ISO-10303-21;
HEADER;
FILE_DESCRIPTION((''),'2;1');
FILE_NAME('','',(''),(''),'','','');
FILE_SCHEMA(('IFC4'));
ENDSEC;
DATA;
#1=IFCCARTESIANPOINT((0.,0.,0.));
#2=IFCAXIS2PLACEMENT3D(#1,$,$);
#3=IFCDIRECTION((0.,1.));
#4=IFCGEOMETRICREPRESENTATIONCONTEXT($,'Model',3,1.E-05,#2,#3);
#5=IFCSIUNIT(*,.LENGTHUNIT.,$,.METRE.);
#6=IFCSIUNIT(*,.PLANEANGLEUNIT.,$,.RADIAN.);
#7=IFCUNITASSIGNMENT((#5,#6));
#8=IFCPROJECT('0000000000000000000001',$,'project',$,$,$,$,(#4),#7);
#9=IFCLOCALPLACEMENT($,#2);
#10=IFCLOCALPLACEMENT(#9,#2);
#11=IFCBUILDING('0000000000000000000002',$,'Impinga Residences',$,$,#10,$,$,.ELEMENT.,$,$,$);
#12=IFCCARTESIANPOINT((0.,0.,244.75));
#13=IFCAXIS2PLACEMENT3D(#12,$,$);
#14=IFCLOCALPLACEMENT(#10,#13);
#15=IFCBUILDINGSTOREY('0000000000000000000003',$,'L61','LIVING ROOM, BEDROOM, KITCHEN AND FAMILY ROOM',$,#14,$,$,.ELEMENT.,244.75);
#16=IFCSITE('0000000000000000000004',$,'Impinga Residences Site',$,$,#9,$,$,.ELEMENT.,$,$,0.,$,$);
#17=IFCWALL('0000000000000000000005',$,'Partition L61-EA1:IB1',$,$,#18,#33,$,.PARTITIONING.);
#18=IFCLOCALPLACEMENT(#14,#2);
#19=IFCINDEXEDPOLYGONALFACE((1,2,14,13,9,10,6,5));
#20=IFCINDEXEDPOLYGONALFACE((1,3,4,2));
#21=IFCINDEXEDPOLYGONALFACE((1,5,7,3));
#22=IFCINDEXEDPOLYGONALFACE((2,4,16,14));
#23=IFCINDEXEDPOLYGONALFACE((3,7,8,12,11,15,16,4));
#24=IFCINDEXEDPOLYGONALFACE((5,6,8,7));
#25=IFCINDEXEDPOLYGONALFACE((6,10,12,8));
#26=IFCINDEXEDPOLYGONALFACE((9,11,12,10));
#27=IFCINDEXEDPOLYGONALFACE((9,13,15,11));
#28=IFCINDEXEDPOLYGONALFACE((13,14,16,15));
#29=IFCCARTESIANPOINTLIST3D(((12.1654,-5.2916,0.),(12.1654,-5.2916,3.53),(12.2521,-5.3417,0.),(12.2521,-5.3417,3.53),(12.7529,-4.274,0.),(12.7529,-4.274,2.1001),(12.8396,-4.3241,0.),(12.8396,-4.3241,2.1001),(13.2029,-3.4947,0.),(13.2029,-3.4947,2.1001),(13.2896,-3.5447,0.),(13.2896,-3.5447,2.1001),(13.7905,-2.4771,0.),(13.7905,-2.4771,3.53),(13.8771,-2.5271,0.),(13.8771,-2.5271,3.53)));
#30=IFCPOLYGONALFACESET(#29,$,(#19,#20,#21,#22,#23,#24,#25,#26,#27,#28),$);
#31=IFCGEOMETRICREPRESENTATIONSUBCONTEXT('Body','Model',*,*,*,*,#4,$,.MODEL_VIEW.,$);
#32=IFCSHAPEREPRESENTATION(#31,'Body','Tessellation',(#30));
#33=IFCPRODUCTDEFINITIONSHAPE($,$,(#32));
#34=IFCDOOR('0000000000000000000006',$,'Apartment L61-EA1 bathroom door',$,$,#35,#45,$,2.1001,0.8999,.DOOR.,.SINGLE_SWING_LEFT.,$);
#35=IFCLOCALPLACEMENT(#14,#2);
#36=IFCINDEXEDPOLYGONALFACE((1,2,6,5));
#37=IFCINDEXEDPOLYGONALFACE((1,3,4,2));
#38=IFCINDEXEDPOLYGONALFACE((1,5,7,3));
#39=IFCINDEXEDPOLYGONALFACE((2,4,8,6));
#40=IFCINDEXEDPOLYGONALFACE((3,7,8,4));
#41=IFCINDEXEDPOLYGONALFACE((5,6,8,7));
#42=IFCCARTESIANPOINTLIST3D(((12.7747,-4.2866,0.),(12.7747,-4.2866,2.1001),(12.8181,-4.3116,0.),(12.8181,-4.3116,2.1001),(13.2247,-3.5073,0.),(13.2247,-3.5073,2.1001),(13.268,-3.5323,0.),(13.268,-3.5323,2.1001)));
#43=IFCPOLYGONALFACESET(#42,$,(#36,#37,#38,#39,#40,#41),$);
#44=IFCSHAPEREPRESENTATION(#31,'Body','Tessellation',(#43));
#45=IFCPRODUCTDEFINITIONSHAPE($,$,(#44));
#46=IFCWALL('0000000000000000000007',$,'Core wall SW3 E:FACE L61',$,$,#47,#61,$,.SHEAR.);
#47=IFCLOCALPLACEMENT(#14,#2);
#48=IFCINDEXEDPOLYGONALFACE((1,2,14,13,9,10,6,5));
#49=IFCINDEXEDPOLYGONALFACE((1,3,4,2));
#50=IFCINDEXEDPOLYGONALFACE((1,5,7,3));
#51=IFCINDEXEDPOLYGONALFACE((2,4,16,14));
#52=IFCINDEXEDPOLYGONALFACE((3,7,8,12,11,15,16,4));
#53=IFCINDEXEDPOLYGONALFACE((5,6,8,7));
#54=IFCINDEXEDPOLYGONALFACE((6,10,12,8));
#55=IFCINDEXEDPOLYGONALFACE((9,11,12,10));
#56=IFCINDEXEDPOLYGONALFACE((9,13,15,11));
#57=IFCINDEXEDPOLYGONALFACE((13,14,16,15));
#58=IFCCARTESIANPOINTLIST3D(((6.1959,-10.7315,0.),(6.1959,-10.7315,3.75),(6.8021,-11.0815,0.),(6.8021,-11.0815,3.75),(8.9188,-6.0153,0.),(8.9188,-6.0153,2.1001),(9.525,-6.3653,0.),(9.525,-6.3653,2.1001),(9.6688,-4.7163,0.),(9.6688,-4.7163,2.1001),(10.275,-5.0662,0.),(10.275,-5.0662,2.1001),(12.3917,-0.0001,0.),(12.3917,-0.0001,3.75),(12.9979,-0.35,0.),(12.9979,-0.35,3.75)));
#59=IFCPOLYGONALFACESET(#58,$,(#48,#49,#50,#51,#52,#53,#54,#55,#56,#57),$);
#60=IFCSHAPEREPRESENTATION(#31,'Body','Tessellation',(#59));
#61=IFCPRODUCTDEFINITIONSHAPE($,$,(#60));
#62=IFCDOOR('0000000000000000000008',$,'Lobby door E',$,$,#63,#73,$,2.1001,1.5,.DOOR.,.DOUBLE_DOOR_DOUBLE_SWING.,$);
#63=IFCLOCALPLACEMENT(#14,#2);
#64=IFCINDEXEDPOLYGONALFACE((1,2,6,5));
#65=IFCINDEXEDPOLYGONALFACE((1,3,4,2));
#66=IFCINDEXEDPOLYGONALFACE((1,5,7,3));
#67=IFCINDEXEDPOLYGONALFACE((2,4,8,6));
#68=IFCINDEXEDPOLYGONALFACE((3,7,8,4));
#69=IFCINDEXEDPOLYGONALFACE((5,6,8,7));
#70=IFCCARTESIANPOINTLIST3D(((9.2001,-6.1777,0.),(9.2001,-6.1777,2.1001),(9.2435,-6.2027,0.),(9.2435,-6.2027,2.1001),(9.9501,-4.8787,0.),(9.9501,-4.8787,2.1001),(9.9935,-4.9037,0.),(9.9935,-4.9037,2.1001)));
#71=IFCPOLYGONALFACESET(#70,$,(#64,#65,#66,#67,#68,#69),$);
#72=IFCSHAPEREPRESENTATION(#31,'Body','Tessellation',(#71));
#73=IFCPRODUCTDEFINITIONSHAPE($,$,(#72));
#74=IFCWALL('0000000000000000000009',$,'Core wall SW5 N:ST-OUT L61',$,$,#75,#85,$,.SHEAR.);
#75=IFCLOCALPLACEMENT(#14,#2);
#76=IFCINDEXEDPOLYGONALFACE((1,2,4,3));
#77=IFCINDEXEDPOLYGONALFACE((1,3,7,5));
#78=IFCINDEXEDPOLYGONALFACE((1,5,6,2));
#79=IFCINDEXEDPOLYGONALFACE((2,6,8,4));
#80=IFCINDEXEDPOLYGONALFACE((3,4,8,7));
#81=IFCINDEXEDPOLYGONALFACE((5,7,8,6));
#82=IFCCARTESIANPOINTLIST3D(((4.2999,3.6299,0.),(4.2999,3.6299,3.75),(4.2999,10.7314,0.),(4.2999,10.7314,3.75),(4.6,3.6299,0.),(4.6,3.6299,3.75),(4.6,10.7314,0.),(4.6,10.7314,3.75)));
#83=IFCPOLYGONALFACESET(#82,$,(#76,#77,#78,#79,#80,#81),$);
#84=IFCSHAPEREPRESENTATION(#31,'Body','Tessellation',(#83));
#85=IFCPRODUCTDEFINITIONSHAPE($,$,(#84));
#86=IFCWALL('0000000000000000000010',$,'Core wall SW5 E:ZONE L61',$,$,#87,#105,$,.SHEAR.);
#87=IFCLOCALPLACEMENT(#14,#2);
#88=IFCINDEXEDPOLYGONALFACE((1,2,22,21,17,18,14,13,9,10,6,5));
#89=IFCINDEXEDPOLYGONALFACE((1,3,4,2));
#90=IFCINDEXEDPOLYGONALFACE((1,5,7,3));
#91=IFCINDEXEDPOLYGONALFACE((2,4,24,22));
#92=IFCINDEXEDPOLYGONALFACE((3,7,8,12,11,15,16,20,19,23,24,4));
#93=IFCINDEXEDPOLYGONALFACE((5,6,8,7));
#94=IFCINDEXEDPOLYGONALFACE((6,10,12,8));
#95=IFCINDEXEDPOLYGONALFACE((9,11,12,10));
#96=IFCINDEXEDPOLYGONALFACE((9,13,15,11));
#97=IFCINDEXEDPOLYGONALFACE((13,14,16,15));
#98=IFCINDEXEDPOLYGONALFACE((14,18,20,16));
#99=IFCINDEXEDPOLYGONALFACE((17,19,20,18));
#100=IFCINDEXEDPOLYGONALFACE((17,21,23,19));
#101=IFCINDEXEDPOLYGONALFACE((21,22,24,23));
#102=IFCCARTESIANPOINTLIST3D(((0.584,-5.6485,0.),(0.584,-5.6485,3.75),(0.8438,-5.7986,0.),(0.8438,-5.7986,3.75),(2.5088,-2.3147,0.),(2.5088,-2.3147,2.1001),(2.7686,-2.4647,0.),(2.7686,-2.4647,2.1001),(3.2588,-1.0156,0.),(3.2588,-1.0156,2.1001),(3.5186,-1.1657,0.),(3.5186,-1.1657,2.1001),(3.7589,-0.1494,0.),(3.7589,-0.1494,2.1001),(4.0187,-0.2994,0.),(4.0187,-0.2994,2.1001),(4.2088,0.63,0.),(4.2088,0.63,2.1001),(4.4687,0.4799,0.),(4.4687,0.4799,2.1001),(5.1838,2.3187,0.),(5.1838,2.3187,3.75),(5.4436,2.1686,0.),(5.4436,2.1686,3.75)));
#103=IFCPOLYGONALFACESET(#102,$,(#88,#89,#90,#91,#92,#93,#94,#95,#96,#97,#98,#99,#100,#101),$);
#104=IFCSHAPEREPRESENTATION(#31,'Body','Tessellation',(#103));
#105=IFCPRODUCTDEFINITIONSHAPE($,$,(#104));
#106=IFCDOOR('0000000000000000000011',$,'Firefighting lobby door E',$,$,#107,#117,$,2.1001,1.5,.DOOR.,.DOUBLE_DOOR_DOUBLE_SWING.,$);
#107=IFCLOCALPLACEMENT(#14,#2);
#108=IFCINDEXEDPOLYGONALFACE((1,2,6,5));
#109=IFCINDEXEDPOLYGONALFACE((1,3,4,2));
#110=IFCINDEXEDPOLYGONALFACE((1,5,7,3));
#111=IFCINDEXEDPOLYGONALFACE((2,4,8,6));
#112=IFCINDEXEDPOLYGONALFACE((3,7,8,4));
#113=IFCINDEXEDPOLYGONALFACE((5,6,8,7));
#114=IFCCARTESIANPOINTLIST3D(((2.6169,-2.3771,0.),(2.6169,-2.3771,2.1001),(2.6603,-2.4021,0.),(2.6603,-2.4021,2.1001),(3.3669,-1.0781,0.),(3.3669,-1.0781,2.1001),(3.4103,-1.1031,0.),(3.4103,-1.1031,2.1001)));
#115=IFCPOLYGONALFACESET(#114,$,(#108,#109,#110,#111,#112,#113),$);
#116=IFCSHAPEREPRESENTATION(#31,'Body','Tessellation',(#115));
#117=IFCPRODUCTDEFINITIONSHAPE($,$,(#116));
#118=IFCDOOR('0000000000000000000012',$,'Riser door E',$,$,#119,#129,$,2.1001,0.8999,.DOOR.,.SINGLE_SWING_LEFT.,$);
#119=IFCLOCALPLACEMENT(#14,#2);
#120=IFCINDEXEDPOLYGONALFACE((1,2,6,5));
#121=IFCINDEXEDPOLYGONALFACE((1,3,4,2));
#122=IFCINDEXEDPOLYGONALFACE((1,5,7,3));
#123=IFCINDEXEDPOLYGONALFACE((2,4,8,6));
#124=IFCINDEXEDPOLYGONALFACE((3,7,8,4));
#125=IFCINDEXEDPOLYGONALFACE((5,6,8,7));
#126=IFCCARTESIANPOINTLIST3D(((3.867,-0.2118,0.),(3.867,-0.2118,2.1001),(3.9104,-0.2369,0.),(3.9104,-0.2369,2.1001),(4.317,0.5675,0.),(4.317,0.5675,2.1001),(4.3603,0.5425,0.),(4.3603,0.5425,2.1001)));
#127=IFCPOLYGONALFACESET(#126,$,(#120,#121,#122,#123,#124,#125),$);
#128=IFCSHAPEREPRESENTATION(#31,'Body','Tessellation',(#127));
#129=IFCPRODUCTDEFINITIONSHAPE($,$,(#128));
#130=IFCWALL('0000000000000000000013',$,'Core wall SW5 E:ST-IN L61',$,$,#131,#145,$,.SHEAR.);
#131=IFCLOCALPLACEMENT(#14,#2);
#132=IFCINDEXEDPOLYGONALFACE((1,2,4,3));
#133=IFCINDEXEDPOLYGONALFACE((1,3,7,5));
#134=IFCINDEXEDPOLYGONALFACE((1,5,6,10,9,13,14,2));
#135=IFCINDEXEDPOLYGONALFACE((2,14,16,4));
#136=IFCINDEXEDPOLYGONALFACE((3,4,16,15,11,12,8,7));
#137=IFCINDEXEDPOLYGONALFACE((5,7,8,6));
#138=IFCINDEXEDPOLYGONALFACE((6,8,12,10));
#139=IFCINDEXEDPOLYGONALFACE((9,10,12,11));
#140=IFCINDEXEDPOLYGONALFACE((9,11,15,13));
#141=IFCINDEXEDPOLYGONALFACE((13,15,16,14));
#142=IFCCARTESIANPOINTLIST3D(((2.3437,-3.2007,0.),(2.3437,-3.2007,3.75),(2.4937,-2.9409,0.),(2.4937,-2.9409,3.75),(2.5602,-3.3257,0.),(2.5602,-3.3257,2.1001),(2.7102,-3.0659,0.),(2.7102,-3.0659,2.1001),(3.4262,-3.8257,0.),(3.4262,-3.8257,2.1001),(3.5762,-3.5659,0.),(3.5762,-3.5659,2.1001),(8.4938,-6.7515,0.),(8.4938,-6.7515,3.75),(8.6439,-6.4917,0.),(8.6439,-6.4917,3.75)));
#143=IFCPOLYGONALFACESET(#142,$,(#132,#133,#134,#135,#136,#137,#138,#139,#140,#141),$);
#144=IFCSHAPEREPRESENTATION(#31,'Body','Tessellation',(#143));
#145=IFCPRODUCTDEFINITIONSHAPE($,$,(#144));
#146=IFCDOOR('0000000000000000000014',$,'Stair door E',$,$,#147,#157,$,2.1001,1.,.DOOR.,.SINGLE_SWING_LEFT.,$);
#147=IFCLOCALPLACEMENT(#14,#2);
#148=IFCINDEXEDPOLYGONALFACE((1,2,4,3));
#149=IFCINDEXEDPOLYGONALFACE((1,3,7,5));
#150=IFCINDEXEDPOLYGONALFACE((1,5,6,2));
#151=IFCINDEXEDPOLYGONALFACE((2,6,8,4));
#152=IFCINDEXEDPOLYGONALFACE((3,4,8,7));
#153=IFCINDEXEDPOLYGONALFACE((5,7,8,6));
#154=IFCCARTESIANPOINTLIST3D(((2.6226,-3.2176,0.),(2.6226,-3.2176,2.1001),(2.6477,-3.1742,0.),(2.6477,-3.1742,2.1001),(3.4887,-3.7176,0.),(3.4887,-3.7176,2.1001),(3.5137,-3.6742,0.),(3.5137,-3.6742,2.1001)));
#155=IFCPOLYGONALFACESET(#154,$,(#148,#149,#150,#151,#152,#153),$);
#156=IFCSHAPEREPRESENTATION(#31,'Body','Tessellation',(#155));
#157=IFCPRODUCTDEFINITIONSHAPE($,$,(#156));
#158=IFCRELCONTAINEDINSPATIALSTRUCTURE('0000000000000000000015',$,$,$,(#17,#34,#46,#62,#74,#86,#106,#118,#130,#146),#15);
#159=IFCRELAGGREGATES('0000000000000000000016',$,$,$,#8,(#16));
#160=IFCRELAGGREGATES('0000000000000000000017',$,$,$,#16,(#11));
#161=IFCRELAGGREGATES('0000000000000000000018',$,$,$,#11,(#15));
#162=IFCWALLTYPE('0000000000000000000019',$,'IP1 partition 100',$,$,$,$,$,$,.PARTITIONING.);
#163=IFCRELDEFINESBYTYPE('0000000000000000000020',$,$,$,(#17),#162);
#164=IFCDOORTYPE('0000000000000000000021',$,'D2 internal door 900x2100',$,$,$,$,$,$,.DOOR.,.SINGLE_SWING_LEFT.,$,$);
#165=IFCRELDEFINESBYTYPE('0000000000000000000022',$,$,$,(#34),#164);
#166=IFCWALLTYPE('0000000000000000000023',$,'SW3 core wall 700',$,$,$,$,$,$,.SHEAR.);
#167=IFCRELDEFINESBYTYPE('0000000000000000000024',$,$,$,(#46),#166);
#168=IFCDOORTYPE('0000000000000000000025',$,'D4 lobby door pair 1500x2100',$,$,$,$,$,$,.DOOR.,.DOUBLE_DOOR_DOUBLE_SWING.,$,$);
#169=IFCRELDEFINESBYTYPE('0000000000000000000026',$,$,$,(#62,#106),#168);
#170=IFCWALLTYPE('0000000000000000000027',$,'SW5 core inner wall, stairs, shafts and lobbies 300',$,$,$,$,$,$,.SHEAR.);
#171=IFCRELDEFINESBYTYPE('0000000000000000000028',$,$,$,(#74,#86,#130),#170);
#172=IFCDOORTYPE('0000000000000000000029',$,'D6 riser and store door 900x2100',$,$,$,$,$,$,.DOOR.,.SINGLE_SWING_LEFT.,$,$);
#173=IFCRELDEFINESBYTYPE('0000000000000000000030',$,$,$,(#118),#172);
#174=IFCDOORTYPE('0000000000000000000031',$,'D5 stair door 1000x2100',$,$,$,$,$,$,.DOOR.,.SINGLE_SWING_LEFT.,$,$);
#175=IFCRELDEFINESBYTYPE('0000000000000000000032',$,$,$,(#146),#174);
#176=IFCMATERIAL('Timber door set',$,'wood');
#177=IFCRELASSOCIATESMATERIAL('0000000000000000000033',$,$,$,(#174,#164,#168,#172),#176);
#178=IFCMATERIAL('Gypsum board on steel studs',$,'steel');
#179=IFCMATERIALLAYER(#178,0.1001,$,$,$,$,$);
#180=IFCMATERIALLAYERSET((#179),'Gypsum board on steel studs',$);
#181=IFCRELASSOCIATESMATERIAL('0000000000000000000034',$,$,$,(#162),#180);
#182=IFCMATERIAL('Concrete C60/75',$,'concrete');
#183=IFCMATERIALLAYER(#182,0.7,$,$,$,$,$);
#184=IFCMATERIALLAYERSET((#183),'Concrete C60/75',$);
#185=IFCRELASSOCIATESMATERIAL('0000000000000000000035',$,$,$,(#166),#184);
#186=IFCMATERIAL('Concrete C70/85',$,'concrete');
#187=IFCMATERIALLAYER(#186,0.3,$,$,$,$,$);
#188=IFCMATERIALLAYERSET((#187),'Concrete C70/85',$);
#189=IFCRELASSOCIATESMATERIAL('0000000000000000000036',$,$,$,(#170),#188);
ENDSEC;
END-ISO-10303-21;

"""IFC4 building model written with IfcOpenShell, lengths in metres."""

from ifc_helpers import new_model, si_unit, direction, frame, frame_2d, origin, place, context, subcontext, project, spatial, rectangle, extrude, material, layer, layer_set, type_object, element, fill, save


model = new_model("IFC4")

# Units and contexts
model_context = context("Model", 3, precision=1e-05, world=origin(), true_north=direction((0.0, 1.0)))
body_context = subcontext(model_context, "Body", "Model", "MODEL_VIEW")
ifc_project = project(units=[si_unit("LENGTHUNIT", "METRE"), si_unit("PLANEANGLEUNIT", "RADIAN")], contexts=[model_context])

# Site, building, storey
site_placement = place(None, origin())
site = spatial("IfcSite", under=ifc_project, at=site_placement, Name="Impinga Residences Site", CompositionType="ELEMENT", RefElevation=0.0)
building_placement = place(site_placement, origin())
building = spatial("IfcBuilding", under=site, at=building_placement, Name="Impinga Residences", CompositionType="ELEMENT")
storey_placement = place(building_placement, frame((0.0, 0.0, 244.75)))
storey = spatial("IfcBuildingStorey", under=building, at=storey_placement, Name="L61", Description="LIVING ROOM, BEDROOM, KITCHEN AND FAMILY ROOM", CompositionType="ELEMENT", Elevation=244.75)

# Shared definitions
ifc_material_1 = material(Name="Concrete C60/75", Category="concrete")
ifc_material_2 = material(Name="Timber door set", Category="wood")
door_type_1 = type_object("IfcDoorType", Name="D5 stair door 1000x2100", OperationType="SINGLE_SWING_LEFT", PredefinedType="DOOR", material=ifc_material_2)

# Shared definitions
ifc_material_3 = material(Name="Gypsum board on steel studs", Category="steel")
ifc_layer_1 = layer(ifc_material_3, 0.1001)
ifc_layer_set_1 = layer_set([ifc_layer_1], Name="Gypsum board on steel studs")
wall_type_1 = type_object("IfcWallType", Name="IP1 partition 100", PredefinedType="PARTITIONING", material=ifc_layer_set_1)

# Walls, openings, doors
wall_1_placement = place(storey_placement, frame((12.2087, -5.3167, 0.0), z_axis=(0.0, 0.0, 1.0), x_axis=(0.500017, 0.866015, 0.0)))
wall_1 = element("IfcWall", 1, at=wall_1_placement, inside=storey, type_object=wall_type_1, Name="Partition L61-EA1:IB1", PredefinedType="PARTITIONING", context=body_context, shape_type="SweptSolid", body=[
    extrude(rectangle(XDim=3.25, YDim=0.1001, at=frame_2d((1.625, 0.0))), origin(), (0.0, 0.0, 1.0), 3.53),
])
opening_1_placement = place(wall_1_placement, frame((1.175, 0.0, 0.0)))
opening_1 = element("IfcOpeningElement", 2, at=opening_1_placement, cuts=wall_1, PredefinedType="OPENING", context=body_context, shape_type="SweptSolid", body=[
    extrude(rectangle(XDim=0.8999, YDim=2.1001, at=frame_2d((0.45, 1.05))), frame((0.0, 0.0601, 0.0), z_axis=(0.0, -1.0, 0.0), x_axis=(1.0, 0.0, 0.0)), (0.0, 0.0, 1.0), 0.1201),
])
door_type_2 = type_object("IfcDoorType", Name="D2 internal door 900x2100", OperationType="SINGLE_SWING_LEFT", PredefinedType="DOOR", material=ifc_material_2)
door_1_placement = place(opening_1_placement, origin())
door_1 = element("IfcDoor", 3, at=door_1_placement, inside=storey, type_object=door_type_2, Name="Apartment L61-EA1 bathroom door", OperationType="SINGLE_SWING_LEFT", OverallHeight=2.1001, OverallWidth=0.8999, PredefinedType="DOOR", context=body_context, shape_type="SweptSolid", body=[
    extrude(rectangle(XDim=0.8999, YDim=2.1001, at=frame_2d((0.45, 1.05))), frame((0.0, 0.0249, 0.0), z_axis=(0.0, -1.0, 0.0), x_axis=(1.0, 0.0, 0.0)), (0.0, 0.0, 1.0), 0.05),
])
fill(opening_1, door_1)
ifc_layer_2 = layer(ifc_material_1, 0.7)
ifc_layer_set_2 = layer_set([ifc_layer_2], Name="Concrete C60/75")
wall_type_2 = type_object("IfcWallType", Name="SW3 core wall 700", PredefinedType="SHEAR", material=ifc_layer_set_2)
wall_2_placement = place(storey_placement, frame((12.6948, -0.175, 0.0), z_axis=(0.0, 0.0, 1.0), x_axis=(-0.5, -0.866025, 0.0)))
wall_2 = element("IfcWall", 4, at=wall_2_placement, inside=storey, type_object=wall_type_2, Name="Core wall SW3 E:FACE L61", PredefinedType="SHEAR", context=body_context, shape_type="SweptSolid", body=[
    extrude(rectangle(XDim=12.3916, YDim=0.7, at=frame_2d((6.1958, 0.0))), origin(), (0.0, 0.0, 1.0), 3.75),
])
opening_2_placement = place(wall_2_placement, frame((5.4458, 0.0, 0.0)))
opening_2 = element("IfcOpeningElement", 5, at=opening_2_placement, cuts=wall_2, PredefinedType="OPENING", context=body_context, shape_type="SweptSolid", body=[
    extrude(rectangle(XDim=1.5, YDim=2.1001, at=frame_2d((0.75, 1.05))), frame((0.0, 0.3599, 0.0), z_axis=(0.0, -1.0, 0.0), x_axis=(1.0, 0.0, 0.0)), (0.0, 0.0, 1.0), 0.72),
])
door_type_3 = type_object("IfcDoorType", Name="D4 lobby door pair 1500x2100", OperationType="DOUBLE_DOOR_DOUBLE_SWING", PredefinedType="DOOR", material=ifc_material_2)
door_2_placement = place(opening_2_placement, origin())
door_2 = element("IfcDoor", 6, at=door_2_placement, inside=storey, type_object=door_type_3, Name="Lobby door E", OperationType="DOUBLE_DOOR_DOUBLE_SWING", OverallHeight=2.1001, OverallWidth=1.5, PredefinedType="DOOR", context=body_context, shape_type="SweptSolid", body=[
    extrude(rectangle(XDim=1.5, YDim=2.1001, at=frame_2d((0.75, 1.05))), frame((0.0, 0.0249, 0.0), z_axis=(0.0, -1.0, 0.0), x_axis=(1.0, 0.0, 0.0)), (0.0, 0.0, 1.0), 0.05),
])
fill(opening_2, door_2)

# Wall
ifc_material_4 = material(Name="Concrete C70/85", Category="concrete")
ifc_layer_3 = layer(ifc_material_4, 0.3)
ifc_layer_set_3 = layer_set([ifc_layer_3], Name="Concrete C70/85")
wall_type_3 = type_object("IfcWallType", Name="SW5 core inner wall, stairs, shafts and lobbies 300", PredefinedType="SHEAR", material=ifc_layer_set_3)
wall_3_placement = place(storey_placement, frame((4.45, 3.6299, 0.0), z_axis=(0.0, 0.0, 1.0), x_axis=(0.0, 1.0, 0.0)))
element("IfcWall", 7, at=wall_3_placement, inside=storey, type_object=wall_type_3, Name="Core wall SW5 N:ST-OUT L61", PredefinedType="SHEAR", context=body_context, shape_type="SweptSolid", body=[
    extrude(rectangle(XDim=7.1016, YDim=0.3, at=frame_2d((3.5508, 0.0))), origin(), (0.0, 0.0, 1.0), 3.75),
])

# Wall, openings, doors
wall_4_placement = place(storey_placement, frame((5.3137, 2.2437, 0.0), z_axis=(0.0, 0.0, 1.0), x_axis=(-0.499995, -0.866028, 0.0)))
wall_4 = element("IfcWall", 8, at=wall_4_placement, inside=storey, type_object=wall_type_3, Name="Core wall SW5 E:ZONE L61", PredefinedType="SHEAR", context=body_context, shape_type="SweptSolid", body=[
    extrude(rectangle(XDim=9.1997, YDim=0.3, at=frame_2d((4.5999, 0.0))), origin(), (0.0, 0.0, 1.0), 3.75),
])
opening_3_placement = place(wall_4_placement, frame((3.8501, 0.0, 0.0)))
opening_3 = element("IfcOpeningElement", 9, at=opening_3_placement, cuts=wall_4, PredefinedType="OPENING", context=body_context, shape_type="SweptSolid", body=[
    extrude(rectangle(XDim=1.5, YDim=2.1001, at=frame_2d((0.75, 1.05))), frame((0.0, 0.1599, 0.0), z_axis=(0.0, -1.0, 0.0), x_axis=(1.0, 0.0, 0.0)), (0.0, 0.0, 1.0), 0.3201),
])
opening_4_placement = place(wall_4_placement, frame((1.95, 0.0, 0.0)))
opening_4 = element("IfcOpeningElement", 10, at=opening_4_placement, cuts=wall_4, PredefinedType="OPENING", context=body_context, shape_type="SweptSolid", body=[
    extrude(rectangle(XDim=0.8999, YDim=2.1001, at=frame_2d((0.45, 1.05))), frame((0.0, 0.1599, 0.0), z_axis=(0.0, -1.0, 0.0), x_axis=(1.0, 0.0, 0.0)), (0.0, 0.0, 1.0), 0.3201),
])
door_3_placement = place(opening_3_placement, origin())
door_3 = element("IfcDoor", 11, at=door_3_placement, inside=storey, type_object=door_type_3, Name="Firefighting lobby door E", OperationType="DOUBLE_DOOR_DOUBLE_SWING", OverallHeight=2.1001, OverallWidth=1.5, PredefinedType="DOOR", context=body_context, shape_type="SweptSolid", body=[
    extrude(rectangle(XDim=1.5, YDim=2.1001, at=frame_2d((0.75, 1.05))), frame((0.0, 0.0249, 0.0), z_axis=(0.0, -1.0, 0.0), x_axis=(1.0, 0.0, 0.0)), (0.0, 0.0, 1.0), 0.05),
])
fill(opening_3, door_3)
door_type_4 = type_object("IfcDoorType", Name="D6 riser and store door 900x2100", OperationType="SINGLE_SWING_LEFT", PredefinedType="DOOR", material=ifc_material_2)
door_4_placement = place(opening_4_placement, origin())
door_4 = element("IfcDoor", 12, at=door_4_placement, inside=storey, type_object=door_type_4, Name="Riser door E", OperationType="SINGLE_SWING_LEFT", OverallHeight=2.1001, OverallWidth=0.8999, PredefinedType="DOOR", context=body_context, shape_type="SweptSolid", body=[
    extrude(rectangle(XDim=0.8999, YDim=2.1001, at=frame_2d((0.45, 1.05))), frame((0.0, 0.0249, 0.0), z_axis=(0.0, -1.0, 0.0), x_axis=(1.0, 0.0, 0.0)), (0.0, 0.0, 1.0), 0.05),
])
fill(opening_4, door_4)

# Wall, opening, door
wall_5_placement = place(storey_placement, frame((2.4187, -3.0708, 0.0), z_axis=(0.0, 0.0, 1.0), x_axis=(0.866026, -0.499999, 0.0)))
wall_5 = element("IfcWall", 13, at=wall_5_placement, inside=storey, type_object=wall_type_3, Name="Core wall SW5 E:ST-IN L61", PredefinedType="SHEAR", context=body_context, shape_type="SweptSolid", body=[
    extrude(rectangle(XDim=7.1016, YDim=0.3, at=frame_2d((3.5508, 0.0))), origin(), (0.0, 0.0, 1.0), 3.75),
])
opening_5_placement = place(wall_5_placement, frame((0.25, 0.0, 0.0)))
opening_5 = element("IfcOpeningElement", 14, at=opening_5_placement, cuts=wall_5, PredefinedType="OPENING", context=body_context, shape_type="SweptSolid", body=[
    extrude(rectangle(XDim=1.0, YDim=2.1001, at=frame_2d((0.5, 1.05))), frame((0.0, 0.1599, 0.0), z_axis=(0.0, -1.0, 0.0), x_axis=(1.0, 0.0, 0.0)), (0.0, 0.0, 1.0), 0.3201),
])
door_5_placement = place(opening_5_placement, origin())
door_5 = element("IfcDoor", 15, at=door_5_placement, inside=storey, type_object=door_type_1, Name="Stair door E", OperationType="SINGLE_SWING_LEFT", OverallHeight=2.1001, OverallWidth=1.0, PredefinedType="DOOR", context=body_context, shape_type="SweptSolid", body=[
    extrude(rectangle(XDim=1.0, YDim=2.1001, at=frame_2d((0.5, 1.05))), frame((0.0, 0.0249, 0.0), z_axis=(0.0, -1.0, 0.0), x_axis=(1.0, 0.0, 0.0)), (0.0, 0.0, 1.0), 0.05),
])
fill(opening_5, door_5)

save(model, "model.ifc")
